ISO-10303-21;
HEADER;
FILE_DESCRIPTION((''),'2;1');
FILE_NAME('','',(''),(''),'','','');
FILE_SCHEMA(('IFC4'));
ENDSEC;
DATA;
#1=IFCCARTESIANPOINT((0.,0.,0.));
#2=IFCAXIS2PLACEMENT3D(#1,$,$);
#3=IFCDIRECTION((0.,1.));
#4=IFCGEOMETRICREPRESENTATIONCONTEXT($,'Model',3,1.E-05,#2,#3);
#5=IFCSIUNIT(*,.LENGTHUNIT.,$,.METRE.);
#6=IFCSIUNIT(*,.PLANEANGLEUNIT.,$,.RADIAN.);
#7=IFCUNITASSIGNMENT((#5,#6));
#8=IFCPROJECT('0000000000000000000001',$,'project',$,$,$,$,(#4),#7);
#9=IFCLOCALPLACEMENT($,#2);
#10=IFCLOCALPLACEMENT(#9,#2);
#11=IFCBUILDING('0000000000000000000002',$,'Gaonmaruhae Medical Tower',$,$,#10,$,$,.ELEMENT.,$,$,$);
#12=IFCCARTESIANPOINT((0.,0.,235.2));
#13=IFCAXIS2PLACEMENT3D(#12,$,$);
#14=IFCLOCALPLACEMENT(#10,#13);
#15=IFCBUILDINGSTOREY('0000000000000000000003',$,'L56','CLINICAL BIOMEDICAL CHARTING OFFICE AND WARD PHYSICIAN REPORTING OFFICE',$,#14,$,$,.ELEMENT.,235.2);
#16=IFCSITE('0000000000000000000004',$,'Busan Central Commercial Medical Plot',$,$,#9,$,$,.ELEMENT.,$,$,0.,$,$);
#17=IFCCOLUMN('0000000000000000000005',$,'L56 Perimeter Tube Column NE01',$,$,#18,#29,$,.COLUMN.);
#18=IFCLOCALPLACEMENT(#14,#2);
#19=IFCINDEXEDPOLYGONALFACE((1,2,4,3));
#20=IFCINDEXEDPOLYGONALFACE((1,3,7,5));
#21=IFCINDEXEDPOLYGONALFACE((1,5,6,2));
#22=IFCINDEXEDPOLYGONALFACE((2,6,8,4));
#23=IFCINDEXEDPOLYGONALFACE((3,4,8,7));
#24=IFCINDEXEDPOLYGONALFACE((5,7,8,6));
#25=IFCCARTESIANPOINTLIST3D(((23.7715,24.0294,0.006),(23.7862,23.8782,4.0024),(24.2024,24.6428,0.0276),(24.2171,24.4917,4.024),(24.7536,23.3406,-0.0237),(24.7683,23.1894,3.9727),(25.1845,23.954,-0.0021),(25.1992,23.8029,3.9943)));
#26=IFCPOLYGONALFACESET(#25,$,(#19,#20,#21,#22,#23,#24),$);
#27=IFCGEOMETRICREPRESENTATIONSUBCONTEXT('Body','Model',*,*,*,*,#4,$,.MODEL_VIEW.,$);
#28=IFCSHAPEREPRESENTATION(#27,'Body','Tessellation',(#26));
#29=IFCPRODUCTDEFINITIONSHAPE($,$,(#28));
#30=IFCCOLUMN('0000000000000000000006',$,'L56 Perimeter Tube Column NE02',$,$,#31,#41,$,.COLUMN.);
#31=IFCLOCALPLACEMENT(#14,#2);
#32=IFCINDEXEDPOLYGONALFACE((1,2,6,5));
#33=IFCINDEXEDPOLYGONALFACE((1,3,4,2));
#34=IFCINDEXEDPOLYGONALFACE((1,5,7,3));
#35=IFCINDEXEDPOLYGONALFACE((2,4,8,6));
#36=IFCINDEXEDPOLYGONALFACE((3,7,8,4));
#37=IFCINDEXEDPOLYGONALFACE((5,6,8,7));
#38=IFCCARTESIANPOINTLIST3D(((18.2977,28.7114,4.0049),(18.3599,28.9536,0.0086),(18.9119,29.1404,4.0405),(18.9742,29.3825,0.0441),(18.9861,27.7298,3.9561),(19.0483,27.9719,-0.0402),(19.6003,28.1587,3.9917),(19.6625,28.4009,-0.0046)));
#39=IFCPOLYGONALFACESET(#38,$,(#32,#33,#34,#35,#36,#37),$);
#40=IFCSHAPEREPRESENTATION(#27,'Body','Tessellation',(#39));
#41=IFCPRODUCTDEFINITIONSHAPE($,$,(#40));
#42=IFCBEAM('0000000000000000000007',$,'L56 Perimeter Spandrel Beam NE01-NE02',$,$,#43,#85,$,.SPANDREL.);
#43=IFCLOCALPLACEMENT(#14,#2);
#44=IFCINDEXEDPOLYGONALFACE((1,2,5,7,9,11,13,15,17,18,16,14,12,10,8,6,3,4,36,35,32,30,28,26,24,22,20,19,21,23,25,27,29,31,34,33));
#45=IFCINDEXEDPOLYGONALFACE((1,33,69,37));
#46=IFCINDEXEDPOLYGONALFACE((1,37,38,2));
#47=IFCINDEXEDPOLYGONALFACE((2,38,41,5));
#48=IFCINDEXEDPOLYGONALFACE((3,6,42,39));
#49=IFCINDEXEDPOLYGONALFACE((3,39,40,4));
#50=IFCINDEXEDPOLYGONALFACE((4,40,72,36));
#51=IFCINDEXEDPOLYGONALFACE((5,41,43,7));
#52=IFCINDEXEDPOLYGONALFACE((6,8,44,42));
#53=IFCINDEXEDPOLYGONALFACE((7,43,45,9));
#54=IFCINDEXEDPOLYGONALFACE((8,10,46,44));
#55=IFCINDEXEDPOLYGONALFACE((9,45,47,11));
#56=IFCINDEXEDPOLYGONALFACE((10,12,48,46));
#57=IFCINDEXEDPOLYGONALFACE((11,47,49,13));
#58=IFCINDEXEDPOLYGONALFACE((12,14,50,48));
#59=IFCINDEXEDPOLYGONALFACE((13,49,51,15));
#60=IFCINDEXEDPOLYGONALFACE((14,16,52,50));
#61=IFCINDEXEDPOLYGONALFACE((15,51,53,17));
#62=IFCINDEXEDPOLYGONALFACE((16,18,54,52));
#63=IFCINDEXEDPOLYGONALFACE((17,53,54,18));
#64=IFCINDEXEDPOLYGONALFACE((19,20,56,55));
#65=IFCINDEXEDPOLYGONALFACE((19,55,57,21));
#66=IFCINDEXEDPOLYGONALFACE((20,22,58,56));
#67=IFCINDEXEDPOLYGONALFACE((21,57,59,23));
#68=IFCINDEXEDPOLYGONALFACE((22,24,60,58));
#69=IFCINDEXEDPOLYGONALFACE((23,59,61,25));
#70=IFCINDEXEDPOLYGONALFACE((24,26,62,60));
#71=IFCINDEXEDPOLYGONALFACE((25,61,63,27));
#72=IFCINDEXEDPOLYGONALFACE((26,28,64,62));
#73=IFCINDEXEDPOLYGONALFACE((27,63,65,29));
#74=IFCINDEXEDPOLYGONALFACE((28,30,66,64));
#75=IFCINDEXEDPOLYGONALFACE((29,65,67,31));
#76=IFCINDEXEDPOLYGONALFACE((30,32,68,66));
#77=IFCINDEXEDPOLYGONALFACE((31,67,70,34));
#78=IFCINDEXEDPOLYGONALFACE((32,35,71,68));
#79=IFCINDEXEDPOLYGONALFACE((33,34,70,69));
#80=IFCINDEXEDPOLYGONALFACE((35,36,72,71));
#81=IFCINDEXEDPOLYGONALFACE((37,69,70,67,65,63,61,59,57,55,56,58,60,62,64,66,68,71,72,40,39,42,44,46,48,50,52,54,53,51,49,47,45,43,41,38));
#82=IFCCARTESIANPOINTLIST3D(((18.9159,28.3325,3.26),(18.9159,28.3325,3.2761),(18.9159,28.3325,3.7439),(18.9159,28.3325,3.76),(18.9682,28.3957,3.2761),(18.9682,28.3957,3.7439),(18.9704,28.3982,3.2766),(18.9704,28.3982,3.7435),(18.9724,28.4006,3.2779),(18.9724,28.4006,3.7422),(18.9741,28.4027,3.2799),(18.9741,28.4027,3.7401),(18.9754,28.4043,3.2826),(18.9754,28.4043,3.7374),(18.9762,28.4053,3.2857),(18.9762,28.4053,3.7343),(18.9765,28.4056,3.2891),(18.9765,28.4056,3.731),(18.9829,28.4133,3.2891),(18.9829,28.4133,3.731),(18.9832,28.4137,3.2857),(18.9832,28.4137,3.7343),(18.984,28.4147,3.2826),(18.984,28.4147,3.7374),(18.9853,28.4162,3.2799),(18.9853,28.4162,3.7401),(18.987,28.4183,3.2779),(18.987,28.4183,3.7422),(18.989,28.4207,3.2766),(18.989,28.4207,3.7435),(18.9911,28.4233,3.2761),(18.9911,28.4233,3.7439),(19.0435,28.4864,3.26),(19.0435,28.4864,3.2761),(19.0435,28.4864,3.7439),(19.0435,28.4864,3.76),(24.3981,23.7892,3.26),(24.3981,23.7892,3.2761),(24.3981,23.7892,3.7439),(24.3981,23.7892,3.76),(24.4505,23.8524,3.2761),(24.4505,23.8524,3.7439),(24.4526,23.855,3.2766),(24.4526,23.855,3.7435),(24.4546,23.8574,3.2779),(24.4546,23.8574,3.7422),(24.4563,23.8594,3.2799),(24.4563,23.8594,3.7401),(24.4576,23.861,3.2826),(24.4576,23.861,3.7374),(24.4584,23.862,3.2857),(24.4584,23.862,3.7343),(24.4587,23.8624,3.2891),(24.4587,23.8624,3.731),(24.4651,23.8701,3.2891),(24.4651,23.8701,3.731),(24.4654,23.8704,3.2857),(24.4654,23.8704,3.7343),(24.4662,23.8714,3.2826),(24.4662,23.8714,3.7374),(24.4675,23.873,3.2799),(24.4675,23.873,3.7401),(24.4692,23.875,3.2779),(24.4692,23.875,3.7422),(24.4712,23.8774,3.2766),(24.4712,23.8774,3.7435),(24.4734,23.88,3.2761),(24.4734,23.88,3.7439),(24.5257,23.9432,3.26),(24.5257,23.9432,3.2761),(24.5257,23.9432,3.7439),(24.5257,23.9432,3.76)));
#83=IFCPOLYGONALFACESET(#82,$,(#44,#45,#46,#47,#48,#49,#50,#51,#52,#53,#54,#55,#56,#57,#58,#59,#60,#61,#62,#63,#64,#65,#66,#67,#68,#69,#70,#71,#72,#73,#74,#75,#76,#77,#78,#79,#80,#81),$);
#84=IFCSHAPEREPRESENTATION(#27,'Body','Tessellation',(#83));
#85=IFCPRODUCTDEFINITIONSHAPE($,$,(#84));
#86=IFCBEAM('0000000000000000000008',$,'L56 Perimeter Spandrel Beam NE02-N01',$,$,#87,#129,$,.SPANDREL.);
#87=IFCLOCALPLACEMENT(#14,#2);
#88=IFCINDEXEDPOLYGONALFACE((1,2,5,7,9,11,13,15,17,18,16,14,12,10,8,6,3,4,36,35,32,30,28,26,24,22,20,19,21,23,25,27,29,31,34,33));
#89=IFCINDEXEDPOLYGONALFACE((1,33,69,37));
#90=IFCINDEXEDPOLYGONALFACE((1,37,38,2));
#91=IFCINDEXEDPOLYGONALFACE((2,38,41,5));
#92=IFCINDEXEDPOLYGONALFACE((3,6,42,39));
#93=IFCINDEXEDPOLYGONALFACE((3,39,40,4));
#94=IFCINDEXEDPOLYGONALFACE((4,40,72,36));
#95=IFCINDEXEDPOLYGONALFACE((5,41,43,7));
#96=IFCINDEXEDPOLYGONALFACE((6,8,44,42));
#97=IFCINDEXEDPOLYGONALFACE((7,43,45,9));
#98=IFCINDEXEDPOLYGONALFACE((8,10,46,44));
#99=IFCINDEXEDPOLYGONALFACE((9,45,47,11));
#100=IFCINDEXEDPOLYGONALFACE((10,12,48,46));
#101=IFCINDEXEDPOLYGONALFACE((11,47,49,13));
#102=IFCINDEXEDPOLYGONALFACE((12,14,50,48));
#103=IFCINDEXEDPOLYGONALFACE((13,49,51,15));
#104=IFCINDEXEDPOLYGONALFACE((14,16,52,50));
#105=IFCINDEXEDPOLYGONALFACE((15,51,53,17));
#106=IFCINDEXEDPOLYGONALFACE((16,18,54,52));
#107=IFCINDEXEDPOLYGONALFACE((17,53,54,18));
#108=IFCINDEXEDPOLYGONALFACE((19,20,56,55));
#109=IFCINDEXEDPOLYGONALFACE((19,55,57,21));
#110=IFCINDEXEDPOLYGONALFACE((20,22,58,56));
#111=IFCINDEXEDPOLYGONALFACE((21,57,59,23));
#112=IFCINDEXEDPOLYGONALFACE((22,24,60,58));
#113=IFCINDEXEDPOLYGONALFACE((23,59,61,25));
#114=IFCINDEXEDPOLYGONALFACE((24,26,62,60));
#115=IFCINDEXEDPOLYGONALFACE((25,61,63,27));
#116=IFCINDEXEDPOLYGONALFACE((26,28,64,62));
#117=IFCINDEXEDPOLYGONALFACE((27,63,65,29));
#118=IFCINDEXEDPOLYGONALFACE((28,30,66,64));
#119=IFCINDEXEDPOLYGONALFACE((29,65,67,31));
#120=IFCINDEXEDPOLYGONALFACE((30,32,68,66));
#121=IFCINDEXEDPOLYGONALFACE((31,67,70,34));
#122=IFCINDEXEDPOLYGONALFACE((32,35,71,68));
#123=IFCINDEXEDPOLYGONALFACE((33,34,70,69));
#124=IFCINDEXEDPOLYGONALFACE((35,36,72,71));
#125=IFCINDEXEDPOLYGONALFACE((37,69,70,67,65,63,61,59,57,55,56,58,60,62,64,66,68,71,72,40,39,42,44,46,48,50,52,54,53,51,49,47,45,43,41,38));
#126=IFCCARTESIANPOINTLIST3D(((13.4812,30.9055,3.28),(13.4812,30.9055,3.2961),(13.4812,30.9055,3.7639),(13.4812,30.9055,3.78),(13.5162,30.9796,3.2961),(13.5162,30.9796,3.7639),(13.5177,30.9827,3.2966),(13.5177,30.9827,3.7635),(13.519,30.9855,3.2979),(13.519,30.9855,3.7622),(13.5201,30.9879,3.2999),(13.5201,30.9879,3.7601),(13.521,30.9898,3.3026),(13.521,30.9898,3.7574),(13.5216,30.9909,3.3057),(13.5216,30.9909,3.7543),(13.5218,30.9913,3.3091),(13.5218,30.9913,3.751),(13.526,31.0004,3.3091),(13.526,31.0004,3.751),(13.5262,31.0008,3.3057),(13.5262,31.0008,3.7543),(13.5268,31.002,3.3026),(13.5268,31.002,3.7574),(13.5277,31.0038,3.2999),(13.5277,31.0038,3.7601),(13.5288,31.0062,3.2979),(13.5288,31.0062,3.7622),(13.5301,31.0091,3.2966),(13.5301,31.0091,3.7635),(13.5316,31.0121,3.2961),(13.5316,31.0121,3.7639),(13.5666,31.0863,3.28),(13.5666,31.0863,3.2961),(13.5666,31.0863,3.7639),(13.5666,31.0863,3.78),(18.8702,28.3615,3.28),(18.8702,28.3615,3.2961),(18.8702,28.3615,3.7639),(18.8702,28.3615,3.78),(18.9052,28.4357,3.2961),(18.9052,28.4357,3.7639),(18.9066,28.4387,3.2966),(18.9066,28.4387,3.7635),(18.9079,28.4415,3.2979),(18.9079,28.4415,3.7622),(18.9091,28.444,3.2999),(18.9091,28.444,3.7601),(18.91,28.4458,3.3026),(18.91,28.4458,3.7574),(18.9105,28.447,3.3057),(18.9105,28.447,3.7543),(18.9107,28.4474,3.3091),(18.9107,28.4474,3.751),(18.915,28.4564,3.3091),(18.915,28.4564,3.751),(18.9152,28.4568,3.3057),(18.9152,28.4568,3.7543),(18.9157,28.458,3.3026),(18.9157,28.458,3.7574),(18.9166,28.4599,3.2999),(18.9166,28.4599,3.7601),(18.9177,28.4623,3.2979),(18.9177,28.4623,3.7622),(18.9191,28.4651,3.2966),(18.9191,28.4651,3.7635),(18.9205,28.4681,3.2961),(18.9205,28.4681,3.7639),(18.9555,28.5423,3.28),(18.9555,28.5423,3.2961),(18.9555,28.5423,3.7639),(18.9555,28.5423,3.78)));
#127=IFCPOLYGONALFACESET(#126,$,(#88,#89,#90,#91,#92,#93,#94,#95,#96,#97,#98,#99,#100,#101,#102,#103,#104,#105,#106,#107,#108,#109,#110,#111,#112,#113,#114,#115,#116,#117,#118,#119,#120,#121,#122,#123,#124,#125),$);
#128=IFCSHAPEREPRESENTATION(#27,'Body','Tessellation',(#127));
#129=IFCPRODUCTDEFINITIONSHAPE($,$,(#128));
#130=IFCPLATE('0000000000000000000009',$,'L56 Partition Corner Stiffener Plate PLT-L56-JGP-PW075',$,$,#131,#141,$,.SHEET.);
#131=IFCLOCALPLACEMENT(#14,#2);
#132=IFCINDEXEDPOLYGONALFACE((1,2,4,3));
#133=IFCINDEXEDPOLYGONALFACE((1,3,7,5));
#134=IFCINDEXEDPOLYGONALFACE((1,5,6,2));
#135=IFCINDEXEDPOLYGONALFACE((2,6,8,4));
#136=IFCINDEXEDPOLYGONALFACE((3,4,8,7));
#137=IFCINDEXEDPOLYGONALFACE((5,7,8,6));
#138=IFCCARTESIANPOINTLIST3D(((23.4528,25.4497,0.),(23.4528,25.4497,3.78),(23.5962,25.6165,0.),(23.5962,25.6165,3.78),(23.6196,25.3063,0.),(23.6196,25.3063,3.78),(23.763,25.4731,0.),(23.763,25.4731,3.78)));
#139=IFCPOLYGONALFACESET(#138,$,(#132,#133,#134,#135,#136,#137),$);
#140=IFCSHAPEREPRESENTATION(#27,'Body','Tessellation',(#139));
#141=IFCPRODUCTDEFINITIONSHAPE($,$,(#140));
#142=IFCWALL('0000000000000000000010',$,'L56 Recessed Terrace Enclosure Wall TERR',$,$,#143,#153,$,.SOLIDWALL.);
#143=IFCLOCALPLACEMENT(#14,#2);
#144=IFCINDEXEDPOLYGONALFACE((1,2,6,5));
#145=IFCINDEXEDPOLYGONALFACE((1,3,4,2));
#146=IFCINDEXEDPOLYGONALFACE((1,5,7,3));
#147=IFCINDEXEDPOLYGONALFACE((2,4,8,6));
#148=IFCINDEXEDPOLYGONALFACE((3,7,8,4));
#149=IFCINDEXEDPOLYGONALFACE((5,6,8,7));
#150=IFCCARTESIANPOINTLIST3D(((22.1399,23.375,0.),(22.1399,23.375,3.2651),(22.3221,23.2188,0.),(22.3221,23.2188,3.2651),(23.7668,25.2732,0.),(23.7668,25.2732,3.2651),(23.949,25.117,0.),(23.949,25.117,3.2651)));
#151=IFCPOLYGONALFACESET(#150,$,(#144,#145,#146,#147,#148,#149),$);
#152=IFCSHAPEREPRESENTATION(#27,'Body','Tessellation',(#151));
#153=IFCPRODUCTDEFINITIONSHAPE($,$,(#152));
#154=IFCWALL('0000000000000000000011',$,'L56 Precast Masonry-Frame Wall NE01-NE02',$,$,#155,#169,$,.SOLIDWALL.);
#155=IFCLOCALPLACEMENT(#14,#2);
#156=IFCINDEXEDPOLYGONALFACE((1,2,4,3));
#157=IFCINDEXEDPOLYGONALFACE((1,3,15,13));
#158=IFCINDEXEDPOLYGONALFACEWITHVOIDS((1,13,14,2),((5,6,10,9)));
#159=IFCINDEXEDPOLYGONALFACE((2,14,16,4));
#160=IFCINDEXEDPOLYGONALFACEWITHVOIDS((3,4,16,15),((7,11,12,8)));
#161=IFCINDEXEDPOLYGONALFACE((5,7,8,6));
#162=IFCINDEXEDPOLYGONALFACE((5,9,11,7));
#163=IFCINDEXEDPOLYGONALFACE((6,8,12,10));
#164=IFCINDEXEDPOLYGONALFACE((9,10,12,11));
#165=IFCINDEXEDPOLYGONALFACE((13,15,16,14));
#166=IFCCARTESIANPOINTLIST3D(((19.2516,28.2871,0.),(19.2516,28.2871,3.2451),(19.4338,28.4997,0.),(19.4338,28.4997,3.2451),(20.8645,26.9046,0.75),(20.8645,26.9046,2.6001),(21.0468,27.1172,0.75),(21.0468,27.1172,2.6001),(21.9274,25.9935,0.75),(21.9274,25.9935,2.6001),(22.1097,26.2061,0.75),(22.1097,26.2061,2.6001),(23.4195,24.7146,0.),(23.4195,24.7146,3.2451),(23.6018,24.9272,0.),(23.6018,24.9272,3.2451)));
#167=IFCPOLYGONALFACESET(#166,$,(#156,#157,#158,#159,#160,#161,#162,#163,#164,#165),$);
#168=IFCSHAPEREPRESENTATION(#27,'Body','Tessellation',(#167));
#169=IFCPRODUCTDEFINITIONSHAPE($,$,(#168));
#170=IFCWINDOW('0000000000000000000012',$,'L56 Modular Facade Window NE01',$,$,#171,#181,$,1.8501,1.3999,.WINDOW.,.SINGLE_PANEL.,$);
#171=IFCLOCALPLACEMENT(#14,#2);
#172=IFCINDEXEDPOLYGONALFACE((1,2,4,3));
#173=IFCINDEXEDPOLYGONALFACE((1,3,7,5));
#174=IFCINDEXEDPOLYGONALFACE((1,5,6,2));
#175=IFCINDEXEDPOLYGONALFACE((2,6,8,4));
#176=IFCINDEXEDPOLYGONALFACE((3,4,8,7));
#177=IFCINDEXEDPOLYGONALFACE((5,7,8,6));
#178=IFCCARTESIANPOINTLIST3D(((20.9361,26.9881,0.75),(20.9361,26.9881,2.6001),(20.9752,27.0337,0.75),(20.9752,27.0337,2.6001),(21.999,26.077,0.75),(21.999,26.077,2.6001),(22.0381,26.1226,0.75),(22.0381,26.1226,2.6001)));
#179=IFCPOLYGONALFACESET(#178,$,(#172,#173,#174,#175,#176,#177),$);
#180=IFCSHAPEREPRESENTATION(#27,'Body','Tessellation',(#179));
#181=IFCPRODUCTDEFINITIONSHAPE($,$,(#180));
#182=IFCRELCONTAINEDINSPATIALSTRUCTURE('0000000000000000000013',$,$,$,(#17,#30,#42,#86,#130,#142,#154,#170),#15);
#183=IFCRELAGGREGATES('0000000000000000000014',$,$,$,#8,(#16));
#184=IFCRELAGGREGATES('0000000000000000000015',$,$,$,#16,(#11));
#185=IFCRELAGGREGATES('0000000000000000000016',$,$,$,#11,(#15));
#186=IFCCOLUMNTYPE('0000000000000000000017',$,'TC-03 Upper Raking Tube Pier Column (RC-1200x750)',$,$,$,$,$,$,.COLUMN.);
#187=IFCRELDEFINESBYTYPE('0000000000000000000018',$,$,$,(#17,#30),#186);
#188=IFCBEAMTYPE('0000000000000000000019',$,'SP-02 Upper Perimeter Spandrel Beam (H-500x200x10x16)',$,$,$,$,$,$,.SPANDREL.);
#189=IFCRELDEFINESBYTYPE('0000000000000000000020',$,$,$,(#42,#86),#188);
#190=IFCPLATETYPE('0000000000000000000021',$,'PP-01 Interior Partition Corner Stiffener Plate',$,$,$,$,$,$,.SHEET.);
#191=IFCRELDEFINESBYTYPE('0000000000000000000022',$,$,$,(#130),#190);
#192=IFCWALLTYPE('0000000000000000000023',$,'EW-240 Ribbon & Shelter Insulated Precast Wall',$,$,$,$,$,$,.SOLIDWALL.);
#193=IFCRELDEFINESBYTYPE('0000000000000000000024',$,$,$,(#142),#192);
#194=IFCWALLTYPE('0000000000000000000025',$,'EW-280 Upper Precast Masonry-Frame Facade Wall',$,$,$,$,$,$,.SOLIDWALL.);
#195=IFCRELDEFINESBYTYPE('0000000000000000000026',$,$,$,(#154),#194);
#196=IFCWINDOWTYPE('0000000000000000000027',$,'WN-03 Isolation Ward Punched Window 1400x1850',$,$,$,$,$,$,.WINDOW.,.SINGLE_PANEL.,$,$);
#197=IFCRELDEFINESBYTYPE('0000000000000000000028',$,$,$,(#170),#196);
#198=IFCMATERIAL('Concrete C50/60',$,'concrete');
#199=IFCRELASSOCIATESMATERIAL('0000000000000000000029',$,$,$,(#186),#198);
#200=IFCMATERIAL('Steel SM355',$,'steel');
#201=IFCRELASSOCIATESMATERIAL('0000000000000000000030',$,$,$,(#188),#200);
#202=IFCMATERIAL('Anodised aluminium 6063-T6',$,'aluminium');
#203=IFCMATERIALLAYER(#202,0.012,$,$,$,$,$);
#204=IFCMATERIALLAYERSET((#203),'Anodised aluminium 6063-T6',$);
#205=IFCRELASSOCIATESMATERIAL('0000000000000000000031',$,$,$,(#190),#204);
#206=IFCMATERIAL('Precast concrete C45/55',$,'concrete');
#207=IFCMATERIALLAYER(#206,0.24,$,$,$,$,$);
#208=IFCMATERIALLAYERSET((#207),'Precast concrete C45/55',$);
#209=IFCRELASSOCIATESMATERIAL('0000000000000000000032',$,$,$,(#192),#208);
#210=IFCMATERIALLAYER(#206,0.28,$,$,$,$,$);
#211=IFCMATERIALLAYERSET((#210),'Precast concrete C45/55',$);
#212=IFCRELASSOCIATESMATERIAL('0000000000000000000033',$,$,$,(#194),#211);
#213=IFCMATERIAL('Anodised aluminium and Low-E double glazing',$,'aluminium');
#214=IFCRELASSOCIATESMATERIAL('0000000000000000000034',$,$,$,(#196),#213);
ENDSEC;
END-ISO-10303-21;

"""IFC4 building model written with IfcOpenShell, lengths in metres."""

from ifc_helpers import new_model, si_unit, direction, frame, frame_2d, origin, origin_2d, place, context, subcontext, project, spatial, rectangle, i_section, extrude, material, layer, layer_set, material_profile, profile_set, type_object, element, fill, save


model = new_model("IFC4")

# Units and contexts
model_context = context("Model", 3, precision=1e-05, world=origin(), true_north=direction((0.0, 1.0)))
body_context = subcontext(model_context, "Body", "Model", "MODEL_VIEW")
ifc_project = project(units=[si_unit("LENGTHUNIT", "METRE"), si_unit("PLANEANGLEUNIT", "RADIAN")], contexts=[model_context])

# Site, building, storey
site_placement = place(None, origin())
site = spatial("IfcSite", under=ifc_project, at=site_placement, Name="Busan Central Commercial Medical Plot", CompositionType="ELEMENT", RefElevation=0.0)
building_placement = place(site_placement, origin())
building = spatial("IfcBuilding", under=site, at=building_placement, Name="Gaonmaruhae Medical Tower", CompositionType="ELEMENT")
storey_placement = place(building_placement, frame((0.0, 0.0, 235.2)))
storey = spatial("IfcBuildingStorey", under=building, at=storey_placement, Name="L56", Description="CLINICAL BIOMEDICAL CHARTING OFFICE AND WARD PHYSICIAN REPORTING OFFICE", CompositionType="ELEMENT", Elevation=235.2)

# Columns
ifc_material_1 = material(Name="Concrete C50/60", Category="concrete")
ifc_material_profile_1 = material_profile(ifc_material_1, rectangle(XDim=1.2, YDim=0.75, at=origin_2d()), Name="RC-1200x750")
ifc_profile_set_1 = profile_set([ifc_material_profile_1], Name="Concrete C50/60")
column_type = type_object("IfcColumnType", Name="TC-03 Upper Raking Tube Pier Column (RC-1200x750)", PredefinedType="COLUMN", material=ifc_profile_set_1)
column_1_placement = place(storey_placement, frame((24.478, 23.9917, 0.002), z_axis=(0.003663, -0.037788, 0.999279), x_axis=(-0.81847, 0.574018, 0.024707)))
element("IfcColumn", 1, at=column_1_placement, inside=storey, type_object=column_type, Name="L56 Perimeter Tube Column NE01", PredefinedType="COLUMN", context=body_context, shape_type="SweptSolid", body=[
    extrude(rectangle(XDim=1.2, YDim=0.75, at=origin_2d()), origin(), (0.0, 0.0, 1.0), 3.9993),
])
column_2_placement = place(storey_placement, frame((19.0112, 28.6772, 0.002), z_axis=(-0.015548, -0.060484, 0.998048), x_axis=(-0.573662, 0.818083, 0.040641)))
element("IfcColumn", 2, at=column_2_placement, inside=storey, type_object=column_type, Name="L56 Perimeter Tube Column NE02", PredefinedType="COLUMN", context=body_context, shape_type="SweptSolid", body=[
    extrude(rectangle(XDim=1.2, YDim=0.75, at=origin_2d()), origin(), (0.0, 0.0, 1.0), 4.0042),
])

# Beams
ifc_material_2 = material(Name="Steel SM355", Category="steel")
ifc_material_profile_2 = material_profile(ifc_material_2, i_section(OverallWidth=0.2, OverallDepth=0.5, WebThickness=0.01, FlangeThickness=0.0161, FilletRadius=0.0129, at=origin_2d()), Name="H-500x200x10x16")
ifc_profile_set_2 = profile_set([ifc_material_profile_2], Name="Steel SM355")
beam_type = type_object("IfcBeamType", Name="SP-02 Upper Perimeter Spandrel Beam (H-500x200x10x16)", PredefinedType="SPANDREL", material=ifc_profile_set_2)
beam_1_placement = place(storey_placement, frame((24.4619, 23.8662, 3.51), z_axis=(-0.769964, 0.638088, 0.0), x_axis=(-0.638088, -0.769964, 0.0)))
element("IfcBeam", 3, at=beam_1_placement, inside=storey, type_object=beam_type, Name="L56 Perimeter Spandrel Beam NE01-NE02", PredefinedType="SPANDREL", context=body_context, shape_type="SweptSolid", body=[
    extrude(i_section(OverallWidth=0.2, OverallDepth=0.5, WebThickness=0.01, FlangeThickness=0.0161, FilletRadius=0.0129, at=origin_2d()), origin(), (0.0, 0.0, 1.0), 7.1201),
])
beam_2_placement = place(storey_placement, frame((18.9128, 28.4519, 3.53), z_axis=(-0.904302, 0.426894, 0.0), x_axis=(-0.426894, -0.904302, 0.0)))
element("IfcBeam", 4, at=beam_2_placement, inside=storey, type_object=beam_type, Name="L56 Perimeter Spandrel Beam NE02-N01", PredefinedType="SPANDREL", context=body_context, shape_type="SweptSolid", body=[
    extrude(i_section(OverallWidth=0.2, OverallDepth=0.5, WebThickness=0.01, FlangeThickness=0.0161, FilletRadius=0.0129, at=origin_2d()), origin(), (0.0, 0.0, 1.0), 5.9592),
])

# Plate
ifc_material_3 = material(Name="Anodised aluminium 6063-T6", Category="aluminium")
ifc_layer_1 = layer(ifc_material_3, 0.012)
ifc_layer_set_1 = layer_set([ifc_layer_1], Name="Anodised aluminium 6063-T6")
plate_type = type_object("IfcPlateType", Name="PP-01 Interior Partition Corner Stiffener Plate", PredefinedType="SHEET", material=ifc_layer_set_1)
plate_placement = place(storey_placement, frame((23.6079, 25.4614, 0.0), z_axis=(0.0, 0.0, 1.0), x_axis=(0.758362, -0.651834, 0.0)))
element("IfcPlate", 5, at=plate_placement, inside=storey, type_object=plate_type, Name="L56 Partition Corner Stiffener Plate PLT-L56-JGP-PW075", PredefinedType="SHEET", context=body_context, shape_type="SweptSolid", body=[
    extrude(rectangle(XDim=0.22, YDim=0.22, at=origin_2d()), origin(), (0.0, 0.0, 1.0), 3.78),
])

# Shared definitions
ifc_material_4 = material(Name="Precast concrete C45/55", Category="concrete")
ifc_layer_2 = layer(ifc_material_4, 0.24)
ifc_layer_set_2 = layer_set([ifc_layer_2], Name="Precast concrete C45/55")
wall_type_1 = type_object("IfcWallType", Name="EW-240 Ribbon & Shelter Insulated Precast Wall", PredefinedType="SOLIDWALL", material=ifc_layer_set_2)

# Wall
wall_1_placement = place(storey_placement, frame((23.8579, 25.1951, 0.0), z_axis=(0.0, 0.0, 1.0), x_axis=(-0.650775, -0.75927, 0.0)))
element("IfcWall", 6, at=wall_1_placement, inside=storey, type_object=wall_type_1, Name="L56 Recessed Terrace Enclosure Wall TERR", PredefinedType="SOLIDWALL", context=body_context, shape_type="SweptSolid", body=[
    extrude(rectangle(XDim=2.5, YDim=0.24, at=frame_2d((1.25, 0.0))), origin(), (0.0, 0.0, 1.0), 3.2651),
])

# Wall, opening, window
ifc_layer_3 = layer(ifc_material_4, 0.28)
ifc_layer_set_3 = layer_set([ifc_layer_3], Name="Precast concrete C45/55")
wall_type_2 = type_object("IfcWallType", Name="EW-280 Upper Precast Masonry-Frame Facade Wall", PredefinedType="SOLIDWALL", material=ifc_layer_set_3)
wall_2_placement = place(storey_placement, frame((19.3428, 28.3933, 0.0), z_axis=(0.0, 0.0, 1.0), x_axis=(0.75926, -0.650788, 0.0)))
wall_2 = element("IfcWall", 7, at=wall_2_placement, inside=storey, type_object=wall_type_2, Name="L56 Precast Masonry-Frame Wall NE01-NE02", PredefinedType="SOLIDWALL", context=body_context, shape_type="SweptSolid", body=[
    extrude(rectangle(XDim=5.4895, YDim=0.28, at=frame_2d((2.7446, 0.0))), origin(), (0.0, 0.0, 1.0), 3.2451),
])
opening_1_placement = place(wall_2_placement, frame((2.1243, 0.0, 0.75)))
opening_1 = element("IfcOpeningElement", 8, at=opening_1_placement, cuts=wall_2, PredefinedType="OPENING", context=body_context, shape_type="SweptSolid", body=[
    extrude(rectangle(XDim=1.3999, YDim=1.8501, at=frame_2d((0.7, 0.925))), frame((0.0, 0.1499, 0.0), z_axis=(0.0, -1.0, 0.0), x_axis=(1.0, 0.0, 0.0)), (0.0, 0.0, 1.0), 0.3),
])
ifc_material_5 = material(Name="Anodised aluminium and Low-E double glazing", Category="aluminium")
window_type = type_object("IfcWindowType", Name="WN-03 Isolation Ward Punched Window 1400x1850", PartitioningType="SINGLE_PANEL", PredefinedType="WINDOW", material=ifc_material_5)
window_placement = place(opening_1_placement, origin())
window = element("IfcWindow", 9, at=window_placement, inside=storey, type_object=window_type, Name="L56 Modular Facade Window NE01", OverallHeight=1.8501, OverallWidth=1.3999, PartitioningType="SINGLE_PANEL", PredefinedType="WINDOW", context=body_context, shape_type="SweptSolid", body=[
    extrude(rectangle(XDim=1.3999, YDim=1.8501, at=frame_2d((0.7, 0.925))), frame((0.0, 0.03, 0.0), z_axis=(0.0, -1.0, 0.0), x_axis=(1.0, 0.0, 0.0)), (0.0, 0.0, 1.0), 0.0601),
])
fill(opening_1, window)

save(model, "model.ifc")
